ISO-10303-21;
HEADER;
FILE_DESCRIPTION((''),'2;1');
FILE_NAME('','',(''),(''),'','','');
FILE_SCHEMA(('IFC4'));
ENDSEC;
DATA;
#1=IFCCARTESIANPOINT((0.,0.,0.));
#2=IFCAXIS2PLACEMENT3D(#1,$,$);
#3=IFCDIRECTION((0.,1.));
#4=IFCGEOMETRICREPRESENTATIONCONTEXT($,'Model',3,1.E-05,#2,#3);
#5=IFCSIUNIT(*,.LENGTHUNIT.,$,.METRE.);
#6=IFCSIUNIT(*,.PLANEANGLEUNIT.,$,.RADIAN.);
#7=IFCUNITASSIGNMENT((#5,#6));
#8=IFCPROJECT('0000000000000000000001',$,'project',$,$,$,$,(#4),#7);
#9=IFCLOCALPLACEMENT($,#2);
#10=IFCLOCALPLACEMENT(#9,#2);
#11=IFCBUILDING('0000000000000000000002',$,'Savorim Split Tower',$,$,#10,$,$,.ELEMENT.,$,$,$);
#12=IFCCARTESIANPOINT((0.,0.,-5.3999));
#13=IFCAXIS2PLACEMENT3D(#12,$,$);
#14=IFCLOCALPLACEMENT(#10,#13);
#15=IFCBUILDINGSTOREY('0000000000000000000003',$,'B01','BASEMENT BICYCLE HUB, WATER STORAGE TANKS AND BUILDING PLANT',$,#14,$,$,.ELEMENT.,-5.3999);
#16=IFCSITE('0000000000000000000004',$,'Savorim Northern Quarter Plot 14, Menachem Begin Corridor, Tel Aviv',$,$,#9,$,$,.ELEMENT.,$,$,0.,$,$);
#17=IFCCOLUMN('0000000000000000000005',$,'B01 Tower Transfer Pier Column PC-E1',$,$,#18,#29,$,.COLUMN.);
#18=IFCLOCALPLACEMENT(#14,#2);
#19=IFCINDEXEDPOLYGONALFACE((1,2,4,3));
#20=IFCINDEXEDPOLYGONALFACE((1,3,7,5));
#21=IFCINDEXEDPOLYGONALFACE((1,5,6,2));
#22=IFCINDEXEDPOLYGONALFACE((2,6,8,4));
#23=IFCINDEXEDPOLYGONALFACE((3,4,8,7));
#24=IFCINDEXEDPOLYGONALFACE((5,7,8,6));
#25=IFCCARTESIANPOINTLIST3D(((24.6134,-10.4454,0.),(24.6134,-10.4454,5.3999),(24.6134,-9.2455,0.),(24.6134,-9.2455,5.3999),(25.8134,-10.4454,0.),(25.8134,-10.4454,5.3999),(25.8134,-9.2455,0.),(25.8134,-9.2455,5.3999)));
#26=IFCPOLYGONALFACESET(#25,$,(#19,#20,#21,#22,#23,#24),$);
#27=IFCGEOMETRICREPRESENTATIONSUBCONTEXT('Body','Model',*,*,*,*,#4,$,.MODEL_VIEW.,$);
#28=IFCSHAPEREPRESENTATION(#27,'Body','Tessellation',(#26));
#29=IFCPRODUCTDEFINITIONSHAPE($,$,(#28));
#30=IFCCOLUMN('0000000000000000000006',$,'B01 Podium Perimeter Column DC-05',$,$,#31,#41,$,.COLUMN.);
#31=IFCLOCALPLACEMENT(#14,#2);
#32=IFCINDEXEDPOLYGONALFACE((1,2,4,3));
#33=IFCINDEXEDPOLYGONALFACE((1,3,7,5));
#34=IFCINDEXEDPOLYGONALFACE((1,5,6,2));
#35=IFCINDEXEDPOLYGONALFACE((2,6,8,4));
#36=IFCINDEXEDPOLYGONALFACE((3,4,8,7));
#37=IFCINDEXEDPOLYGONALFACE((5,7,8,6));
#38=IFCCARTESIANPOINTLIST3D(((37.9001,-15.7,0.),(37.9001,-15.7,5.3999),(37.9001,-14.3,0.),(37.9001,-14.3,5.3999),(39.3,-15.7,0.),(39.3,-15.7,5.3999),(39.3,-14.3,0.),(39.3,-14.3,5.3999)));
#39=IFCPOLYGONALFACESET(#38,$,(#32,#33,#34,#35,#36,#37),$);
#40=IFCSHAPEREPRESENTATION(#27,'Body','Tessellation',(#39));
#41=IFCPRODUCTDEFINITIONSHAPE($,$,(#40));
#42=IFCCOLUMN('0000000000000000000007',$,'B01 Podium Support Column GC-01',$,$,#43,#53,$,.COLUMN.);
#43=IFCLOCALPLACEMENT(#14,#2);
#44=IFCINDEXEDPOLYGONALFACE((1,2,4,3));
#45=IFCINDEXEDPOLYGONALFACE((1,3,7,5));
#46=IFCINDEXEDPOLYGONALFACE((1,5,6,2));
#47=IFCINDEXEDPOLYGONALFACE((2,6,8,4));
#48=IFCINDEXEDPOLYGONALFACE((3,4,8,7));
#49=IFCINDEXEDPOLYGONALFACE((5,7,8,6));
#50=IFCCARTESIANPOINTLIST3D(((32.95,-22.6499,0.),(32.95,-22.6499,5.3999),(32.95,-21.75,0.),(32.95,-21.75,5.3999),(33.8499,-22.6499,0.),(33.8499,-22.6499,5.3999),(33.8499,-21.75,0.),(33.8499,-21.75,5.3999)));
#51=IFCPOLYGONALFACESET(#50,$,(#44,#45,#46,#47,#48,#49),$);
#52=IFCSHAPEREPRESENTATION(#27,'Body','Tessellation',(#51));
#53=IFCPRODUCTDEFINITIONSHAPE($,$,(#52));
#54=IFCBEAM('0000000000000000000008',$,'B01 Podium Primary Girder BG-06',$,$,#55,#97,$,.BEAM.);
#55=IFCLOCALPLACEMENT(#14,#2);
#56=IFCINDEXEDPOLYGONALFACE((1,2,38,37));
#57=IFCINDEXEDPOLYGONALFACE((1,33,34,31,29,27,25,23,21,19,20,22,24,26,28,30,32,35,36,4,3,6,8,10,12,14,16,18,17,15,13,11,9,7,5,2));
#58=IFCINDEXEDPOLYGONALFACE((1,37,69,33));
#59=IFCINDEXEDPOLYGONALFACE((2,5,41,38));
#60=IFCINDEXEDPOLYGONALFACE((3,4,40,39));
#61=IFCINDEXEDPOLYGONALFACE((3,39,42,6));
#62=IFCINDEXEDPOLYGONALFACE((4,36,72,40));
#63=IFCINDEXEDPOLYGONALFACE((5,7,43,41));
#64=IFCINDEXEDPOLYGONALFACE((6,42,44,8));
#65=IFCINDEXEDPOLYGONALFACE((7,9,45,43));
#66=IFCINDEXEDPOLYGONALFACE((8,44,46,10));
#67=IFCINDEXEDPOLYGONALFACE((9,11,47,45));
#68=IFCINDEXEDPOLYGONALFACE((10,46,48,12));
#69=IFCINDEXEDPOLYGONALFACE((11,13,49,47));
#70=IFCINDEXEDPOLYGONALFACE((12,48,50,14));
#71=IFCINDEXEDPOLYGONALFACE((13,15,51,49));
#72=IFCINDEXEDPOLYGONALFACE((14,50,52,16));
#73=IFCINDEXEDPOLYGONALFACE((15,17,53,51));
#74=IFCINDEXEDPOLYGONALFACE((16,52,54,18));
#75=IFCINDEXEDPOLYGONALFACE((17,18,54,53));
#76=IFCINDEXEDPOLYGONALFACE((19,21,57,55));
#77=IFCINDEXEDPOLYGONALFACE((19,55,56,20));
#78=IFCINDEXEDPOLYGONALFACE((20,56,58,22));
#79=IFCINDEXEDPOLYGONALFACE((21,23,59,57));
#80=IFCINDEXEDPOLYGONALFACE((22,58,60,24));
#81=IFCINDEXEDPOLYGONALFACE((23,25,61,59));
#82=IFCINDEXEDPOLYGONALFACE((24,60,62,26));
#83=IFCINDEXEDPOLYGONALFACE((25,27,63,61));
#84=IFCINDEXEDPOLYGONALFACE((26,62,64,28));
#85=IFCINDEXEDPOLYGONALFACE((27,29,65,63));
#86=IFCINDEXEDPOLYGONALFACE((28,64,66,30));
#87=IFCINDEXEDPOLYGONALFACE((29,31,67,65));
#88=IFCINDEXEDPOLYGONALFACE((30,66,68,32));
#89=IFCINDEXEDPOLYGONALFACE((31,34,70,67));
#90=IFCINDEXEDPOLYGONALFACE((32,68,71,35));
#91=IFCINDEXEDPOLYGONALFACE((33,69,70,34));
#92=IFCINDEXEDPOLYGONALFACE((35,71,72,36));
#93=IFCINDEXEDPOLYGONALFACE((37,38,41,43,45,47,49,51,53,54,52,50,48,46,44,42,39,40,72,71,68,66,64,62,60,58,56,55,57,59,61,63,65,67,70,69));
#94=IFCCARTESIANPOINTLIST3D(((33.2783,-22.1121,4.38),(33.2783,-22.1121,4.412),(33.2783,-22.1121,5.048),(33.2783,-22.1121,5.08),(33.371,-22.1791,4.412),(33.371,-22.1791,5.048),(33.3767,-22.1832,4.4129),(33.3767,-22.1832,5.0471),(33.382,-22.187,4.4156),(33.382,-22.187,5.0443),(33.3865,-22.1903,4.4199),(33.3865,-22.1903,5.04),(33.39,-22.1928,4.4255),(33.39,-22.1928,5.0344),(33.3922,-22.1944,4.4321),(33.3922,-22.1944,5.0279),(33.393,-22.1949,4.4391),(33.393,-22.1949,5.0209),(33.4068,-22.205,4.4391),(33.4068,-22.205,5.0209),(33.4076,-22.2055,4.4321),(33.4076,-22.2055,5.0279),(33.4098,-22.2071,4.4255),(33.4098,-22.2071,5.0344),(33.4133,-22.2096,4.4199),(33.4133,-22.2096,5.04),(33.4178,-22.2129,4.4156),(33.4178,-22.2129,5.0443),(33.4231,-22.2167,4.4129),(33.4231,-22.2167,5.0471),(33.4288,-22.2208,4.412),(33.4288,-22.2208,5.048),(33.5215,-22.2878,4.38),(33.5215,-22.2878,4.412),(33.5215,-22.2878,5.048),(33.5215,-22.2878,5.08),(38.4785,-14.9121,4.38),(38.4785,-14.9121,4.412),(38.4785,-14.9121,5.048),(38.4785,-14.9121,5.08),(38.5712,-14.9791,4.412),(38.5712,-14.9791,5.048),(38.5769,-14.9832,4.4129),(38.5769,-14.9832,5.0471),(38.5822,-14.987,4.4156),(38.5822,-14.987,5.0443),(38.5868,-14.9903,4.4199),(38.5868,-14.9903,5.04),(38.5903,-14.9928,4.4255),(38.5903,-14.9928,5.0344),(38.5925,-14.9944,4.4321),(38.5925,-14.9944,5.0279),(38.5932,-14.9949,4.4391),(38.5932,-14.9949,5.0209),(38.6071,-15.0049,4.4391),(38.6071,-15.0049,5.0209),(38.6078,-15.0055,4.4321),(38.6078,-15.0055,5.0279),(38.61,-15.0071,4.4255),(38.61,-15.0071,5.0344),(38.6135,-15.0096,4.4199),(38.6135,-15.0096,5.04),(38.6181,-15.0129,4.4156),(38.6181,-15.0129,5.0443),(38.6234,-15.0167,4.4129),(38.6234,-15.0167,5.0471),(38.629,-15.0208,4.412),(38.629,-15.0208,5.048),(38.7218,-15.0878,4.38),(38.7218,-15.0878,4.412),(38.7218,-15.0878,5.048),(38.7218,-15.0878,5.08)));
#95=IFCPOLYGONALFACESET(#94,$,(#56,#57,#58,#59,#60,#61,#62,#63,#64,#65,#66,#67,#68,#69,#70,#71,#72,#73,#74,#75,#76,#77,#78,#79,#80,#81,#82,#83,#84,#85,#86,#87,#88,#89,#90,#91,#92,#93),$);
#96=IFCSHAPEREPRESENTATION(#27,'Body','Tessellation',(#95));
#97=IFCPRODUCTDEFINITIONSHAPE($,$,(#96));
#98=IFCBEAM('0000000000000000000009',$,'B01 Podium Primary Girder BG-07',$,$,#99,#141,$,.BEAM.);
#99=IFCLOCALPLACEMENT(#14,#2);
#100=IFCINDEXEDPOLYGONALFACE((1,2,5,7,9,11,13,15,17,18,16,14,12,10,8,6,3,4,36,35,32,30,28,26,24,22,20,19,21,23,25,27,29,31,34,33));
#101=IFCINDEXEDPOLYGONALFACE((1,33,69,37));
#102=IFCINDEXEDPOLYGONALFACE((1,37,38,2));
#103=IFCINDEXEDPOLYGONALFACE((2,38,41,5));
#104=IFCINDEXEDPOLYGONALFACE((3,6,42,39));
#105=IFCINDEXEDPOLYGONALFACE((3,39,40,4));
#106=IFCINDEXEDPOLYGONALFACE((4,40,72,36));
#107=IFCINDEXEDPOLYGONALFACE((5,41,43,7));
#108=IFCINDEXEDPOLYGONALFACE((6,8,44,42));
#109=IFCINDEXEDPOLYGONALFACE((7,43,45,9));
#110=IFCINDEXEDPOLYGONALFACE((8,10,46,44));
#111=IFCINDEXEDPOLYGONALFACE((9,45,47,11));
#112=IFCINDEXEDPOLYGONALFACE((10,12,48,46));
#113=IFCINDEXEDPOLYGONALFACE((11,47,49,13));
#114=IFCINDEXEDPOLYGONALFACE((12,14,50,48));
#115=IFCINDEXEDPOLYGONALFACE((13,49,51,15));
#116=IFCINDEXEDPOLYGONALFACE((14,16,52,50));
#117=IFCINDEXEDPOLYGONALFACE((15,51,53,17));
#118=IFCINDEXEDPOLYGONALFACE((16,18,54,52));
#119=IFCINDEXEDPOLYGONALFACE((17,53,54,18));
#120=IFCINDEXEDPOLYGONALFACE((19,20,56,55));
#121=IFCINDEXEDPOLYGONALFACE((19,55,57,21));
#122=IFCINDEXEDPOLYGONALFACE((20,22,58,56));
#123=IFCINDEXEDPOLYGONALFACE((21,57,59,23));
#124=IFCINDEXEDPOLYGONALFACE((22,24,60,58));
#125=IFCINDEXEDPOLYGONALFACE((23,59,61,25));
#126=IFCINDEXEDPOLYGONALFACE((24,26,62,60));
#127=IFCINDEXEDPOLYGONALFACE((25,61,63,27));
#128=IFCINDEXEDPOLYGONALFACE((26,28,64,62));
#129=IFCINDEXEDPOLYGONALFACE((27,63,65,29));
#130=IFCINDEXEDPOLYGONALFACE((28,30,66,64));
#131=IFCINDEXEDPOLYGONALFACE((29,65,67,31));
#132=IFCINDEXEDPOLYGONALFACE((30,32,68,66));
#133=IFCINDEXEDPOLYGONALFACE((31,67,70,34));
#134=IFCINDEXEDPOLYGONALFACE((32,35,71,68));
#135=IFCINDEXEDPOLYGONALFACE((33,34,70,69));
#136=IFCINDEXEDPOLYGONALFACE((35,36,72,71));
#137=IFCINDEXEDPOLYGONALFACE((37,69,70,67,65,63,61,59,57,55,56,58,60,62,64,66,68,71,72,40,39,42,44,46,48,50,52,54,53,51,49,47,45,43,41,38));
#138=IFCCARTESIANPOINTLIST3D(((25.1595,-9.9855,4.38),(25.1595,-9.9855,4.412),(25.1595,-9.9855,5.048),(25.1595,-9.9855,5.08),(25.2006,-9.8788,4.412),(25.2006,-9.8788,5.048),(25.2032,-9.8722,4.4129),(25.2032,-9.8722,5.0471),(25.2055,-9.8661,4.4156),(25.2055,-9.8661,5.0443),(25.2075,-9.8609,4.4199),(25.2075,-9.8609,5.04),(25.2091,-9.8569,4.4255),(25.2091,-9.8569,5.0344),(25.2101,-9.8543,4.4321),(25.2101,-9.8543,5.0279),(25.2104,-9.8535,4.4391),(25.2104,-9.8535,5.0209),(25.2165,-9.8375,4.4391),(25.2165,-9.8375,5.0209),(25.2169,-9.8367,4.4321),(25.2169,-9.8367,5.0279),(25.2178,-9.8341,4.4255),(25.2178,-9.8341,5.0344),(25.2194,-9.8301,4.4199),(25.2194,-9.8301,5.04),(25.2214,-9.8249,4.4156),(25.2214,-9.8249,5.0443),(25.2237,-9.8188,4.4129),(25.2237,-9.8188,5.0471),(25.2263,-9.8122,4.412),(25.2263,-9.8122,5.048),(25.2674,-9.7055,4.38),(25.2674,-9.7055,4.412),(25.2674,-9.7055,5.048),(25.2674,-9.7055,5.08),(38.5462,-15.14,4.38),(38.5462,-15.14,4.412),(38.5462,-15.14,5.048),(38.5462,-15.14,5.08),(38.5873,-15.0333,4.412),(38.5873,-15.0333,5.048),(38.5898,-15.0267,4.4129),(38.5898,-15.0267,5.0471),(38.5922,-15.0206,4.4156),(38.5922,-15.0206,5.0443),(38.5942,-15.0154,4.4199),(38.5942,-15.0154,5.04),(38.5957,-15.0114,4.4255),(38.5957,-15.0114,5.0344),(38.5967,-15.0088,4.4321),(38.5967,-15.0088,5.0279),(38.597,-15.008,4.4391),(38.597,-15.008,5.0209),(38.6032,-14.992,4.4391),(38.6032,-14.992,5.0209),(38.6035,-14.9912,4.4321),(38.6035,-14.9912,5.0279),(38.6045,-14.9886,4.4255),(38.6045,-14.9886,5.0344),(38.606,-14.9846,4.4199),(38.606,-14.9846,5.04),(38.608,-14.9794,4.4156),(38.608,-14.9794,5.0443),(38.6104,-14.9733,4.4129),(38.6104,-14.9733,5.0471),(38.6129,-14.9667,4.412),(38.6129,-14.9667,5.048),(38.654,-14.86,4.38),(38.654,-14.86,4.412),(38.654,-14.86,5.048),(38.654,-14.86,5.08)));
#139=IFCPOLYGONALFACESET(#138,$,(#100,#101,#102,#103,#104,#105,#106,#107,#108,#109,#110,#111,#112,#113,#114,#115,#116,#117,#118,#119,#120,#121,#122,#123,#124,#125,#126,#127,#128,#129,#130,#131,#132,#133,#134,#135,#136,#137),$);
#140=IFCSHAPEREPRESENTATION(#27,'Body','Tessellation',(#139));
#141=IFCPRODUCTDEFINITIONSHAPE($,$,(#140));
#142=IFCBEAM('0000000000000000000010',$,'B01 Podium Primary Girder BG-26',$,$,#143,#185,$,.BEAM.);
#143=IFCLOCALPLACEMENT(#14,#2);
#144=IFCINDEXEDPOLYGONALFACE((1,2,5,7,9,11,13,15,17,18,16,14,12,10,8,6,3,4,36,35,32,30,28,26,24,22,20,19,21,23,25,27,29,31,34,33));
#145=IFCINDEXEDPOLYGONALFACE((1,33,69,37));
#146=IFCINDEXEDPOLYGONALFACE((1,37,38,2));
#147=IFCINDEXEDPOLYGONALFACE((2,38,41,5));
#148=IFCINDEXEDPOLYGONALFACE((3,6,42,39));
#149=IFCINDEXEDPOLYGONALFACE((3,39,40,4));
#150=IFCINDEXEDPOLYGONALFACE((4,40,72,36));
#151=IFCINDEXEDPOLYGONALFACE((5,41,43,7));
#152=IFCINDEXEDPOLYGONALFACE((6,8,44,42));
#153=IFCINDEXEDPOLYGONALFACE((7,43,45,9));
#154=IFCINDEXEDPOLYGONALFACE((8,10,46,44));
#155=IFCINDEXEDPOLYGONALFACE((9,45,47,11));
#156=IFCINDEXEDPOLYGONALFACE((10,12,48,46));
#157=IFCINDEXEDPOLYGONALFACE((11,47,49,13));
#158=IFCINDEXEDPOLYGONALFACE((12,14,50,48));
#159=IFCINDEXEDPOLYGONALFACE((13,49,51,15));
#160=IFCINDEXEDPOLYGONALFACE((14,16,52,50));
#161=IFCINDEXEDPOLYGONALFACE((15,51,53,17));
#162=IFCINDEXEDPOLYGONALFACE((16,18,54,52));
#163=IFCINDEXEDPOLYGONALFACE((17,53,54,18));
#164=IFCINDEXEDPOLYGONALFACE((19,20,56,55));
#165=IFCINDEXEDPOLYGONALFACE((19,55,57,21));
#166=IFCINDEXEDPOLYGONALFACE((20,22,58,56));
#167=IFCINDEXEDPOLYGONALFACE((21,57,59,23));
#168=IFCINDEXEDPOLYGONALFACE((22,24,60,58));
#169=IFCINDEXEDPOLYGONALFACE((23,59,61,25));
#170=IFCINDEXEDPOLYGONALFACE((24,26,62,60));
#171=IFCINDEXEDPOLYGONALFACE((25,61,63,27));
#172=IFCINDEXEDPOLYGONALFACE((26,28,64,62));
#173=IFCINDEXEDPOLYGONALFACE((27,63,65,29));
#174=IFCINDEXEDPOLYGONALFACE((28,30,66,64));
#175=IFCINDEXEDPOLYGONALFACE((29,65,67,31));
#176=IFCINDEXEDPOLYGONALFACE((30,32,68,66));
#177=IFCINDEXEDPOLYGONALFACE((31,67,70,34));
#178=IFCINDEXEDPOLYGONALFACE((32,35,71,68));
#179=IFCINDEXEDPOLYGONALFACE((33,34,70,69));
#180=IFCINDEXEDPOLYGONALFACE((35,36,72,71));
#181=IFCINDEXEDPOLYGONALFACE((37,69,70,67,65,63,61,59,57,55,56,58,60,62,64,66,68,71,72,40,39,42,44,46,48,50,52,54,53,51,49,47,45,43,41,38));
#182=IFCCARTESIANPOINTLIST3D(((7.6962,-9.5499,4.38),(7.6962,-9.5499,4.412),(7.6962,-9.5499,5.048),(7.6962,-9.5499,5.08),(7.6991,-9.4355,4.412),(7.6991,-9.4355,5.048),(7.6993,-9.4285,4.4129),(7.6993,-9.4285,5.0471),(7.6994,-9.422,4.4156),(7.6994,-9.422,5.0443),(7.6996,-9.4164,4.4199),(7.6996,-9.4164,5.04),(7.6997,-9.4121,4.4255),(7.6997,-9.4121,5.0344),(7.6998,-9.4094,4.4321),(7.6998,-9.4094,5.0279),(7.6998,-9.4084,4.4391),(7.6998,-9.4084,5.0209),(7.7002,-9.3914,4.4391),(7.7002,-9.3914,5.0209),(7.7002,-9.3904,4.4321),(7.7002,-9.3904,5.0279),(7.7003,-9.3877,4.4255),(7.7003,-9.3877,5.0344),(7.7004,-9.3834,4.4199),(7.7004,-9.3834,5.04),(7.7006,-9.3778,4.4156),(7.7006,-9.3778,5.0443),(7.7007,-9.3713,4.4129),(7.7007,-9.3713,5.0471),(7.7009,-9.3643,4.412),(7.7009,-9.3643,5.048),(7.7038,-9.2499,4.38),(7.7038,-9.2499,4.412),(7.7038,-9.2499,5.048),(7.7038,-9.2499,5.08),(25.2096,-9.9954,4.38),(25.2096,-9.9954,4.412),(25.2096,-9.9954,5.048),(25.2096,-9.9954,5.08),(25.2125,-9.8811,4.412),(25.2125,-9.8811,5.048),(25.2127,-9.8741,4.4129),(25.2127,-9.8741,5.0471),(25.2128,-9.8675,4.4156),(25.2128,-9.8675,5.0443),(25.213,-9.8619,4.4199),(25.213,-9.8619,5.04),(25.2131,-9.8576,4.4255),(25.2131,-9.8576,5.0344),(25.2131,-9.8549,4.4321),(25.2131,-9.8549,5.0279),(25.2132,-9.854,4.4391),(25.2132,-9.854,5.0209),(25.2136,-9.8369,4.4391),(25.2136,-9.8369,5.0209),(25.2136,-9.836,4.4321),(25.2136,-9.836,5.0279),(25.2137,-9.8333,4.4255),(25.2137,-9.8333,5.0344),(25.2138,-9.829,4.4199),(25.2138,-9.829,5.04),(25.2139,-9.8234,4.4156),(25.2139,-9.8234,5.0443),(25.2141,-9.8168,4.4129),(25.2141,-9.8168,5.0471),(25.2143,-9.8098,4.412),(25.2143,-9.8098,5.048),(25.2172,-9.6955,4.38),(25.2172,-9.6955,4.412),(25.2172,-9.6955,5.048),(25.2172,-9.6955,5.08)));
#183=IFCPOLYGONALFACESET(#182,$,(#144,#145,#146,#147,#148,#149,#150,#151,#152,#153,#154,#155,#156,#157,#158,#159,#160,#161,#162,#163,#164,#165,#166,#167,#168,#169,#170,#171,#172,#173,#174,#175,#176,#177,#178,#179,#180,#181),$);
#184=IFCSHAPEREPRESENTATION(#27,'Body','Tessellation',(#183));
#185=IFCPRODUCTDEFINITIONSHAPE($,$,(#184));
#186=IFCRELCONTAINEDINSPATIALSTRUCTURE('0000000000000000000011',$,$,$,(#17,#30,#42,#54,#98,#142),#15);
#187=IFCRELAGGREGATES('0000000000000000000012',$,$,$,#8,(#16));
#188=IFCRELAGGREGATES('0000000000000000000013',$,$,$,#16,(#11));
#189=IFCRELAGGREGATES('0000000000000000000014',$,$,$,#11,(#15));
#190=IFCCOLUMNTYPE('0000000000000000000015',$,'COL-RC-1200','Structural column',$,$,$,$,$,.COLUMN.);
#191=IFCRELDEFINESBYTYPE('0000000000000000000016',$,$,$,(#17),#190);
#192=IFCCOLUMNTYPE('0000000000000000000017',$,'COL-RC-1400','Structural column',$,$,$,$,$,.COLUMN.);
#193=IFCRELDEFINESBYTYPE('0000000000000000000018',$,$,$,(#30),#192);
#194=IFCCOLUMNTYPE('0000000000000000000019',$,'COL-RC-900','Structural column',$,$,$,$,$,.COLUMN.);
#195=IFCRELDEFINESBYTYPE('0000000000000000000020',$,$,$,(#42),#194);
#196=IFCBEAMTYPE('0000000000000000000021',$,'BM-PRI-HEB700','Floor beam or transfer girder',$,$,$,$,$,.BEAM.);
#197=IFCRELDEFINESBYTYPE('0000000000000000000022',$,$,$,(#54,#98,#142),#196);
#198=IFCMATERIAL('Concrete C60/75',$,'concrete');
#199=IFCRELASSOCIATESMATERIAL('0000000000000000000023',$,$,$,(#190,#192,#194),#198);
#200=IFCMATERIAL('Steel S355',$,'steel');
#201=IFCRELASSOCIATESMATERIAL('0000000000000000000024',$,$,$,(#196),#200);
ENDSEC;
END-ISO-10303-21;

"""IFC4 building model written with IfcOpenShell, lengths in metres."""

from ifc_helpers import new_model, si_unit, direction, frame, origin, origin_2d, place, context, subcontext, project, spatial, rectangle, i_section, extrude, material, material_profile, profile_set, type_object, element, save


model = new_model("IFC4")

# Units and contexts
model_context = context("Model", 3, precision=1e-05, world=origin(), true_north=direction((0.0, 1.0)))
body_context = subcontext(model_context, "Body", "Model", "MODEL_VIEW")
ifc_project = project(units=[si_unit("LENGTHUNIT", "METRE"), si_unit("PLANEANGLEUNIT", "RADIAN")], contexts=[model_context])

# Site, building, storey
site_placement = place(None, origin())
site = spatial("IfcSite", under=ifc_project, at=site_placement, Name="Savorim Northern Quarter Plot 14, Menachem Begin Corridor, Tel Aviv", CompositionType="ELEMENT", RefElevation=0.0)
building_placement = place(site_placement, origin())
building = spatial("IfcBuilding", under=site, at=building_placement, Name="Savorim Split Tower", CompositionType="ELEMENT")
storey_placement = place(building_placement, frame((0.0, 0.0, -5.3999)))
storey = spatial("IfcBuildingStorey", under=building, at=storey_placement, Name="B01", Description="BASEMENT BICYCLE HUB, WATER STORAGE TANKS AND BUILDING PLANT", CompositionType="ELEMENT", Elevation=-5.3999)

# Columns
ifc_material_1 = material(Name="Concrete C60/75", Category="concrete")
ifc_material_profile_1 = material_profile(ifc_material_1, rectangle(XDim=1.2, YDim=1.2, at=origin_2d()), Name="RC 1200x1200")
ifc_profile_set_1 = profile_set([ifc_material_profile_1], Name="Concrete C60/75")
column_type_1 = type_object("IfcColumnType", Name="COL-RC-1200", Description="Structural column", PredefinedType="COLUMN", material=ifc_profile_set_1)
column_1_placement = place(storey_placement, frame((25.2134, -9.8455, 0.0), z_axis=(0.0, 0.0, 1.0), x_axis=(1.0, 0.0, 0.0)))
element("IfcColumn", 1, at=column_1_placement, inside=storey, type_object=column_type_1, Name="B01 Tower Transfer Pier Column PC-E1", PredefinedType="COLUMN", context=body_context, shape_type="SweptSolid", body=[
    extrude(rectangle(XDim=1.2, YDim=1.2, at=origin_2d()), origin(), (0.0, 0.0, 1.0), 5.3999),
])
ifc_material_profile_2 = material_profile(ifc_material_1, rectangle(XDim=1.3999, YDim=1.3999, at=origin_2d()), Name="RC 1400x1400")
ifc_profile_set_2 = profile_set([ifc_material_profile_2], Name="Concrete C60/75")
column_type_2 = type_object("IfcColumnType", Name="COL-RC-1400", Description="Structural column", PredefinedType="COLUMN", material=ifc_profile_set_2)
column_2_placement = place(storey_placement, frame((38.6001, -15.0, 0.0), z_axis=(0.0, 0.0, 1.0), x_axis=(1.0, 0.0, 0.0)))
element("IfcColumn", 2, at=column_2_placement, inside=storey, type_object=column_type_2, Name="B01 Podium Perimeter Column DC-05", PredefinedType="COLUMN", context=body_context, shape_type="SweptSolid", body=[
    extrude(rectangle(XDim=1.3999, YDim=1.3999, at=origin_2d()), origin(), (0.0, 0.0, 1.0), 5.3999),
])
ifc_material_profile_3 = material_profile(ifc_material_1, rectangle(XDim=0.8999, YDim=0.8999, at=origin_2d()), Name="RC 900x900")
ifc_profile_set_3 = profile_set([ifc_material_profile_3], Name="Concrete C60/75")
column_type_3 = type_object("IfcColumnType", Name="COL-RC-900", Description="Structural column", PredefinedType="COLUMN", material=ifc_profile_set_3)
column_3_placement = place(storey_placement, frame((33.3999, -22.2, 0.0), z_axis=(0.0, 0.0, 1.0), x_axis=(1.0, 0.0, 0.0)))
element("IfcColumn", 3, at=column_3_placement, inside=storey, type_object=column_type_3, Name="B01 Podium Support Column GC-01", PredefinedType="COLUMN", context=body_context, shape_type="SweptSolid", body=[
    extrude(rectangle(XDim=0.8999, YDim=0.8999, at=origin_2d()), origin(), (0.0, 0.0, 1.0), 5.3999),
])

# Beams
ifc_material_2 = material(Name="Steel S355", Category="steel")
ifc_material_profile_4 = material_profile(ifc_material_2, i_section(OverallWidth=0.3, OverallDepth=0.7, WebThickness=0.0171, FlangeThickness=0.032, FilletRadius=0.0271, at=origin_2d()), Name="HEB 700")
ifc_profile_set_4 = profile_set([ifc_material_profile_4], Name="Steel S355")
beam_type_1 = type_object("IfcBeamType", Name="BM-PRI-HEB700", Description="Floor beam or transfer girder", PredefinedType="BEAM", material=ifc_profile_set_4)
beam_1_placement = place(storey_placement, frame((33.3999, -22.2, 4.73), z_axis=(0.585508, 0.810667, 0.0), x_axis=(-0.810667, 0.585508, 0.0)))
element("IfcBeam", 4, at=beam_1_placement, inside=storey, type_object=beam_type_1, Name="B01 Podium Primary Girder BG-06", PredefinedType="BEAM", context=body_context, shape_type="SweptSolid", body=[
    extrude(i_section(OverallWidth=0.3, OverallDepth=0.7, WebThickness=0.0171, FlangeThickness=0.032, FilletRadius=0.0271, at=origin_2d()), origin(), (0.0, 0.0, 1.0), 8.8816),
])
beam_2_placement = place(storey_placement, frame((38.6001, -15.0, 4.73), z_axis=(-0.93321, 0.359331, 0.0), x_axis=(-0.359331, -0.93321, 0.0)))
element("IfcBeam", 5, at=beam_2_placement, inside=storey, type_object=beam_type_1, Name="B01 Podium Primary Girder BG-07", PredefinedType="BEAM", context=body_context, shape_type="SweptSolid", body=[
    extrude(i_section(OverallWidth=0.3, OverallDepth=0.7, WebThickness=0.0171, FlangeThickness=0.032, FilletRadius=0.0271, at=origin_2d()), origin(), (0.0, 0.0, 1.0), 14.3447),
])
beam_3_placement = place(storey_placement, frame((25.2134, -9.8455, 4.73), z_axis=(-0.999677, 0.025433, 0.0), x_axis=(-0.025433, -0.999677, 0.0)))
element("IfcBeam", 6, at=beam_3_placement, inside=storey, type_object=beam_type_1, Name="B01 Podium Primary Girder BG-26", PredefinedType="BEAM", context=body_context, shape_type="SweptSolid", body=[
    extrude(i_section(OverallWidth=0.3, OverallDepth=0.7, WebThickness=0.0171, FlangeThickness=0.032, FilletRadius=0.0271, at=origin_2d()), origin(), (0.0, 0.0, 1.0), 17.519),
])

save(model, "model.ifc")
